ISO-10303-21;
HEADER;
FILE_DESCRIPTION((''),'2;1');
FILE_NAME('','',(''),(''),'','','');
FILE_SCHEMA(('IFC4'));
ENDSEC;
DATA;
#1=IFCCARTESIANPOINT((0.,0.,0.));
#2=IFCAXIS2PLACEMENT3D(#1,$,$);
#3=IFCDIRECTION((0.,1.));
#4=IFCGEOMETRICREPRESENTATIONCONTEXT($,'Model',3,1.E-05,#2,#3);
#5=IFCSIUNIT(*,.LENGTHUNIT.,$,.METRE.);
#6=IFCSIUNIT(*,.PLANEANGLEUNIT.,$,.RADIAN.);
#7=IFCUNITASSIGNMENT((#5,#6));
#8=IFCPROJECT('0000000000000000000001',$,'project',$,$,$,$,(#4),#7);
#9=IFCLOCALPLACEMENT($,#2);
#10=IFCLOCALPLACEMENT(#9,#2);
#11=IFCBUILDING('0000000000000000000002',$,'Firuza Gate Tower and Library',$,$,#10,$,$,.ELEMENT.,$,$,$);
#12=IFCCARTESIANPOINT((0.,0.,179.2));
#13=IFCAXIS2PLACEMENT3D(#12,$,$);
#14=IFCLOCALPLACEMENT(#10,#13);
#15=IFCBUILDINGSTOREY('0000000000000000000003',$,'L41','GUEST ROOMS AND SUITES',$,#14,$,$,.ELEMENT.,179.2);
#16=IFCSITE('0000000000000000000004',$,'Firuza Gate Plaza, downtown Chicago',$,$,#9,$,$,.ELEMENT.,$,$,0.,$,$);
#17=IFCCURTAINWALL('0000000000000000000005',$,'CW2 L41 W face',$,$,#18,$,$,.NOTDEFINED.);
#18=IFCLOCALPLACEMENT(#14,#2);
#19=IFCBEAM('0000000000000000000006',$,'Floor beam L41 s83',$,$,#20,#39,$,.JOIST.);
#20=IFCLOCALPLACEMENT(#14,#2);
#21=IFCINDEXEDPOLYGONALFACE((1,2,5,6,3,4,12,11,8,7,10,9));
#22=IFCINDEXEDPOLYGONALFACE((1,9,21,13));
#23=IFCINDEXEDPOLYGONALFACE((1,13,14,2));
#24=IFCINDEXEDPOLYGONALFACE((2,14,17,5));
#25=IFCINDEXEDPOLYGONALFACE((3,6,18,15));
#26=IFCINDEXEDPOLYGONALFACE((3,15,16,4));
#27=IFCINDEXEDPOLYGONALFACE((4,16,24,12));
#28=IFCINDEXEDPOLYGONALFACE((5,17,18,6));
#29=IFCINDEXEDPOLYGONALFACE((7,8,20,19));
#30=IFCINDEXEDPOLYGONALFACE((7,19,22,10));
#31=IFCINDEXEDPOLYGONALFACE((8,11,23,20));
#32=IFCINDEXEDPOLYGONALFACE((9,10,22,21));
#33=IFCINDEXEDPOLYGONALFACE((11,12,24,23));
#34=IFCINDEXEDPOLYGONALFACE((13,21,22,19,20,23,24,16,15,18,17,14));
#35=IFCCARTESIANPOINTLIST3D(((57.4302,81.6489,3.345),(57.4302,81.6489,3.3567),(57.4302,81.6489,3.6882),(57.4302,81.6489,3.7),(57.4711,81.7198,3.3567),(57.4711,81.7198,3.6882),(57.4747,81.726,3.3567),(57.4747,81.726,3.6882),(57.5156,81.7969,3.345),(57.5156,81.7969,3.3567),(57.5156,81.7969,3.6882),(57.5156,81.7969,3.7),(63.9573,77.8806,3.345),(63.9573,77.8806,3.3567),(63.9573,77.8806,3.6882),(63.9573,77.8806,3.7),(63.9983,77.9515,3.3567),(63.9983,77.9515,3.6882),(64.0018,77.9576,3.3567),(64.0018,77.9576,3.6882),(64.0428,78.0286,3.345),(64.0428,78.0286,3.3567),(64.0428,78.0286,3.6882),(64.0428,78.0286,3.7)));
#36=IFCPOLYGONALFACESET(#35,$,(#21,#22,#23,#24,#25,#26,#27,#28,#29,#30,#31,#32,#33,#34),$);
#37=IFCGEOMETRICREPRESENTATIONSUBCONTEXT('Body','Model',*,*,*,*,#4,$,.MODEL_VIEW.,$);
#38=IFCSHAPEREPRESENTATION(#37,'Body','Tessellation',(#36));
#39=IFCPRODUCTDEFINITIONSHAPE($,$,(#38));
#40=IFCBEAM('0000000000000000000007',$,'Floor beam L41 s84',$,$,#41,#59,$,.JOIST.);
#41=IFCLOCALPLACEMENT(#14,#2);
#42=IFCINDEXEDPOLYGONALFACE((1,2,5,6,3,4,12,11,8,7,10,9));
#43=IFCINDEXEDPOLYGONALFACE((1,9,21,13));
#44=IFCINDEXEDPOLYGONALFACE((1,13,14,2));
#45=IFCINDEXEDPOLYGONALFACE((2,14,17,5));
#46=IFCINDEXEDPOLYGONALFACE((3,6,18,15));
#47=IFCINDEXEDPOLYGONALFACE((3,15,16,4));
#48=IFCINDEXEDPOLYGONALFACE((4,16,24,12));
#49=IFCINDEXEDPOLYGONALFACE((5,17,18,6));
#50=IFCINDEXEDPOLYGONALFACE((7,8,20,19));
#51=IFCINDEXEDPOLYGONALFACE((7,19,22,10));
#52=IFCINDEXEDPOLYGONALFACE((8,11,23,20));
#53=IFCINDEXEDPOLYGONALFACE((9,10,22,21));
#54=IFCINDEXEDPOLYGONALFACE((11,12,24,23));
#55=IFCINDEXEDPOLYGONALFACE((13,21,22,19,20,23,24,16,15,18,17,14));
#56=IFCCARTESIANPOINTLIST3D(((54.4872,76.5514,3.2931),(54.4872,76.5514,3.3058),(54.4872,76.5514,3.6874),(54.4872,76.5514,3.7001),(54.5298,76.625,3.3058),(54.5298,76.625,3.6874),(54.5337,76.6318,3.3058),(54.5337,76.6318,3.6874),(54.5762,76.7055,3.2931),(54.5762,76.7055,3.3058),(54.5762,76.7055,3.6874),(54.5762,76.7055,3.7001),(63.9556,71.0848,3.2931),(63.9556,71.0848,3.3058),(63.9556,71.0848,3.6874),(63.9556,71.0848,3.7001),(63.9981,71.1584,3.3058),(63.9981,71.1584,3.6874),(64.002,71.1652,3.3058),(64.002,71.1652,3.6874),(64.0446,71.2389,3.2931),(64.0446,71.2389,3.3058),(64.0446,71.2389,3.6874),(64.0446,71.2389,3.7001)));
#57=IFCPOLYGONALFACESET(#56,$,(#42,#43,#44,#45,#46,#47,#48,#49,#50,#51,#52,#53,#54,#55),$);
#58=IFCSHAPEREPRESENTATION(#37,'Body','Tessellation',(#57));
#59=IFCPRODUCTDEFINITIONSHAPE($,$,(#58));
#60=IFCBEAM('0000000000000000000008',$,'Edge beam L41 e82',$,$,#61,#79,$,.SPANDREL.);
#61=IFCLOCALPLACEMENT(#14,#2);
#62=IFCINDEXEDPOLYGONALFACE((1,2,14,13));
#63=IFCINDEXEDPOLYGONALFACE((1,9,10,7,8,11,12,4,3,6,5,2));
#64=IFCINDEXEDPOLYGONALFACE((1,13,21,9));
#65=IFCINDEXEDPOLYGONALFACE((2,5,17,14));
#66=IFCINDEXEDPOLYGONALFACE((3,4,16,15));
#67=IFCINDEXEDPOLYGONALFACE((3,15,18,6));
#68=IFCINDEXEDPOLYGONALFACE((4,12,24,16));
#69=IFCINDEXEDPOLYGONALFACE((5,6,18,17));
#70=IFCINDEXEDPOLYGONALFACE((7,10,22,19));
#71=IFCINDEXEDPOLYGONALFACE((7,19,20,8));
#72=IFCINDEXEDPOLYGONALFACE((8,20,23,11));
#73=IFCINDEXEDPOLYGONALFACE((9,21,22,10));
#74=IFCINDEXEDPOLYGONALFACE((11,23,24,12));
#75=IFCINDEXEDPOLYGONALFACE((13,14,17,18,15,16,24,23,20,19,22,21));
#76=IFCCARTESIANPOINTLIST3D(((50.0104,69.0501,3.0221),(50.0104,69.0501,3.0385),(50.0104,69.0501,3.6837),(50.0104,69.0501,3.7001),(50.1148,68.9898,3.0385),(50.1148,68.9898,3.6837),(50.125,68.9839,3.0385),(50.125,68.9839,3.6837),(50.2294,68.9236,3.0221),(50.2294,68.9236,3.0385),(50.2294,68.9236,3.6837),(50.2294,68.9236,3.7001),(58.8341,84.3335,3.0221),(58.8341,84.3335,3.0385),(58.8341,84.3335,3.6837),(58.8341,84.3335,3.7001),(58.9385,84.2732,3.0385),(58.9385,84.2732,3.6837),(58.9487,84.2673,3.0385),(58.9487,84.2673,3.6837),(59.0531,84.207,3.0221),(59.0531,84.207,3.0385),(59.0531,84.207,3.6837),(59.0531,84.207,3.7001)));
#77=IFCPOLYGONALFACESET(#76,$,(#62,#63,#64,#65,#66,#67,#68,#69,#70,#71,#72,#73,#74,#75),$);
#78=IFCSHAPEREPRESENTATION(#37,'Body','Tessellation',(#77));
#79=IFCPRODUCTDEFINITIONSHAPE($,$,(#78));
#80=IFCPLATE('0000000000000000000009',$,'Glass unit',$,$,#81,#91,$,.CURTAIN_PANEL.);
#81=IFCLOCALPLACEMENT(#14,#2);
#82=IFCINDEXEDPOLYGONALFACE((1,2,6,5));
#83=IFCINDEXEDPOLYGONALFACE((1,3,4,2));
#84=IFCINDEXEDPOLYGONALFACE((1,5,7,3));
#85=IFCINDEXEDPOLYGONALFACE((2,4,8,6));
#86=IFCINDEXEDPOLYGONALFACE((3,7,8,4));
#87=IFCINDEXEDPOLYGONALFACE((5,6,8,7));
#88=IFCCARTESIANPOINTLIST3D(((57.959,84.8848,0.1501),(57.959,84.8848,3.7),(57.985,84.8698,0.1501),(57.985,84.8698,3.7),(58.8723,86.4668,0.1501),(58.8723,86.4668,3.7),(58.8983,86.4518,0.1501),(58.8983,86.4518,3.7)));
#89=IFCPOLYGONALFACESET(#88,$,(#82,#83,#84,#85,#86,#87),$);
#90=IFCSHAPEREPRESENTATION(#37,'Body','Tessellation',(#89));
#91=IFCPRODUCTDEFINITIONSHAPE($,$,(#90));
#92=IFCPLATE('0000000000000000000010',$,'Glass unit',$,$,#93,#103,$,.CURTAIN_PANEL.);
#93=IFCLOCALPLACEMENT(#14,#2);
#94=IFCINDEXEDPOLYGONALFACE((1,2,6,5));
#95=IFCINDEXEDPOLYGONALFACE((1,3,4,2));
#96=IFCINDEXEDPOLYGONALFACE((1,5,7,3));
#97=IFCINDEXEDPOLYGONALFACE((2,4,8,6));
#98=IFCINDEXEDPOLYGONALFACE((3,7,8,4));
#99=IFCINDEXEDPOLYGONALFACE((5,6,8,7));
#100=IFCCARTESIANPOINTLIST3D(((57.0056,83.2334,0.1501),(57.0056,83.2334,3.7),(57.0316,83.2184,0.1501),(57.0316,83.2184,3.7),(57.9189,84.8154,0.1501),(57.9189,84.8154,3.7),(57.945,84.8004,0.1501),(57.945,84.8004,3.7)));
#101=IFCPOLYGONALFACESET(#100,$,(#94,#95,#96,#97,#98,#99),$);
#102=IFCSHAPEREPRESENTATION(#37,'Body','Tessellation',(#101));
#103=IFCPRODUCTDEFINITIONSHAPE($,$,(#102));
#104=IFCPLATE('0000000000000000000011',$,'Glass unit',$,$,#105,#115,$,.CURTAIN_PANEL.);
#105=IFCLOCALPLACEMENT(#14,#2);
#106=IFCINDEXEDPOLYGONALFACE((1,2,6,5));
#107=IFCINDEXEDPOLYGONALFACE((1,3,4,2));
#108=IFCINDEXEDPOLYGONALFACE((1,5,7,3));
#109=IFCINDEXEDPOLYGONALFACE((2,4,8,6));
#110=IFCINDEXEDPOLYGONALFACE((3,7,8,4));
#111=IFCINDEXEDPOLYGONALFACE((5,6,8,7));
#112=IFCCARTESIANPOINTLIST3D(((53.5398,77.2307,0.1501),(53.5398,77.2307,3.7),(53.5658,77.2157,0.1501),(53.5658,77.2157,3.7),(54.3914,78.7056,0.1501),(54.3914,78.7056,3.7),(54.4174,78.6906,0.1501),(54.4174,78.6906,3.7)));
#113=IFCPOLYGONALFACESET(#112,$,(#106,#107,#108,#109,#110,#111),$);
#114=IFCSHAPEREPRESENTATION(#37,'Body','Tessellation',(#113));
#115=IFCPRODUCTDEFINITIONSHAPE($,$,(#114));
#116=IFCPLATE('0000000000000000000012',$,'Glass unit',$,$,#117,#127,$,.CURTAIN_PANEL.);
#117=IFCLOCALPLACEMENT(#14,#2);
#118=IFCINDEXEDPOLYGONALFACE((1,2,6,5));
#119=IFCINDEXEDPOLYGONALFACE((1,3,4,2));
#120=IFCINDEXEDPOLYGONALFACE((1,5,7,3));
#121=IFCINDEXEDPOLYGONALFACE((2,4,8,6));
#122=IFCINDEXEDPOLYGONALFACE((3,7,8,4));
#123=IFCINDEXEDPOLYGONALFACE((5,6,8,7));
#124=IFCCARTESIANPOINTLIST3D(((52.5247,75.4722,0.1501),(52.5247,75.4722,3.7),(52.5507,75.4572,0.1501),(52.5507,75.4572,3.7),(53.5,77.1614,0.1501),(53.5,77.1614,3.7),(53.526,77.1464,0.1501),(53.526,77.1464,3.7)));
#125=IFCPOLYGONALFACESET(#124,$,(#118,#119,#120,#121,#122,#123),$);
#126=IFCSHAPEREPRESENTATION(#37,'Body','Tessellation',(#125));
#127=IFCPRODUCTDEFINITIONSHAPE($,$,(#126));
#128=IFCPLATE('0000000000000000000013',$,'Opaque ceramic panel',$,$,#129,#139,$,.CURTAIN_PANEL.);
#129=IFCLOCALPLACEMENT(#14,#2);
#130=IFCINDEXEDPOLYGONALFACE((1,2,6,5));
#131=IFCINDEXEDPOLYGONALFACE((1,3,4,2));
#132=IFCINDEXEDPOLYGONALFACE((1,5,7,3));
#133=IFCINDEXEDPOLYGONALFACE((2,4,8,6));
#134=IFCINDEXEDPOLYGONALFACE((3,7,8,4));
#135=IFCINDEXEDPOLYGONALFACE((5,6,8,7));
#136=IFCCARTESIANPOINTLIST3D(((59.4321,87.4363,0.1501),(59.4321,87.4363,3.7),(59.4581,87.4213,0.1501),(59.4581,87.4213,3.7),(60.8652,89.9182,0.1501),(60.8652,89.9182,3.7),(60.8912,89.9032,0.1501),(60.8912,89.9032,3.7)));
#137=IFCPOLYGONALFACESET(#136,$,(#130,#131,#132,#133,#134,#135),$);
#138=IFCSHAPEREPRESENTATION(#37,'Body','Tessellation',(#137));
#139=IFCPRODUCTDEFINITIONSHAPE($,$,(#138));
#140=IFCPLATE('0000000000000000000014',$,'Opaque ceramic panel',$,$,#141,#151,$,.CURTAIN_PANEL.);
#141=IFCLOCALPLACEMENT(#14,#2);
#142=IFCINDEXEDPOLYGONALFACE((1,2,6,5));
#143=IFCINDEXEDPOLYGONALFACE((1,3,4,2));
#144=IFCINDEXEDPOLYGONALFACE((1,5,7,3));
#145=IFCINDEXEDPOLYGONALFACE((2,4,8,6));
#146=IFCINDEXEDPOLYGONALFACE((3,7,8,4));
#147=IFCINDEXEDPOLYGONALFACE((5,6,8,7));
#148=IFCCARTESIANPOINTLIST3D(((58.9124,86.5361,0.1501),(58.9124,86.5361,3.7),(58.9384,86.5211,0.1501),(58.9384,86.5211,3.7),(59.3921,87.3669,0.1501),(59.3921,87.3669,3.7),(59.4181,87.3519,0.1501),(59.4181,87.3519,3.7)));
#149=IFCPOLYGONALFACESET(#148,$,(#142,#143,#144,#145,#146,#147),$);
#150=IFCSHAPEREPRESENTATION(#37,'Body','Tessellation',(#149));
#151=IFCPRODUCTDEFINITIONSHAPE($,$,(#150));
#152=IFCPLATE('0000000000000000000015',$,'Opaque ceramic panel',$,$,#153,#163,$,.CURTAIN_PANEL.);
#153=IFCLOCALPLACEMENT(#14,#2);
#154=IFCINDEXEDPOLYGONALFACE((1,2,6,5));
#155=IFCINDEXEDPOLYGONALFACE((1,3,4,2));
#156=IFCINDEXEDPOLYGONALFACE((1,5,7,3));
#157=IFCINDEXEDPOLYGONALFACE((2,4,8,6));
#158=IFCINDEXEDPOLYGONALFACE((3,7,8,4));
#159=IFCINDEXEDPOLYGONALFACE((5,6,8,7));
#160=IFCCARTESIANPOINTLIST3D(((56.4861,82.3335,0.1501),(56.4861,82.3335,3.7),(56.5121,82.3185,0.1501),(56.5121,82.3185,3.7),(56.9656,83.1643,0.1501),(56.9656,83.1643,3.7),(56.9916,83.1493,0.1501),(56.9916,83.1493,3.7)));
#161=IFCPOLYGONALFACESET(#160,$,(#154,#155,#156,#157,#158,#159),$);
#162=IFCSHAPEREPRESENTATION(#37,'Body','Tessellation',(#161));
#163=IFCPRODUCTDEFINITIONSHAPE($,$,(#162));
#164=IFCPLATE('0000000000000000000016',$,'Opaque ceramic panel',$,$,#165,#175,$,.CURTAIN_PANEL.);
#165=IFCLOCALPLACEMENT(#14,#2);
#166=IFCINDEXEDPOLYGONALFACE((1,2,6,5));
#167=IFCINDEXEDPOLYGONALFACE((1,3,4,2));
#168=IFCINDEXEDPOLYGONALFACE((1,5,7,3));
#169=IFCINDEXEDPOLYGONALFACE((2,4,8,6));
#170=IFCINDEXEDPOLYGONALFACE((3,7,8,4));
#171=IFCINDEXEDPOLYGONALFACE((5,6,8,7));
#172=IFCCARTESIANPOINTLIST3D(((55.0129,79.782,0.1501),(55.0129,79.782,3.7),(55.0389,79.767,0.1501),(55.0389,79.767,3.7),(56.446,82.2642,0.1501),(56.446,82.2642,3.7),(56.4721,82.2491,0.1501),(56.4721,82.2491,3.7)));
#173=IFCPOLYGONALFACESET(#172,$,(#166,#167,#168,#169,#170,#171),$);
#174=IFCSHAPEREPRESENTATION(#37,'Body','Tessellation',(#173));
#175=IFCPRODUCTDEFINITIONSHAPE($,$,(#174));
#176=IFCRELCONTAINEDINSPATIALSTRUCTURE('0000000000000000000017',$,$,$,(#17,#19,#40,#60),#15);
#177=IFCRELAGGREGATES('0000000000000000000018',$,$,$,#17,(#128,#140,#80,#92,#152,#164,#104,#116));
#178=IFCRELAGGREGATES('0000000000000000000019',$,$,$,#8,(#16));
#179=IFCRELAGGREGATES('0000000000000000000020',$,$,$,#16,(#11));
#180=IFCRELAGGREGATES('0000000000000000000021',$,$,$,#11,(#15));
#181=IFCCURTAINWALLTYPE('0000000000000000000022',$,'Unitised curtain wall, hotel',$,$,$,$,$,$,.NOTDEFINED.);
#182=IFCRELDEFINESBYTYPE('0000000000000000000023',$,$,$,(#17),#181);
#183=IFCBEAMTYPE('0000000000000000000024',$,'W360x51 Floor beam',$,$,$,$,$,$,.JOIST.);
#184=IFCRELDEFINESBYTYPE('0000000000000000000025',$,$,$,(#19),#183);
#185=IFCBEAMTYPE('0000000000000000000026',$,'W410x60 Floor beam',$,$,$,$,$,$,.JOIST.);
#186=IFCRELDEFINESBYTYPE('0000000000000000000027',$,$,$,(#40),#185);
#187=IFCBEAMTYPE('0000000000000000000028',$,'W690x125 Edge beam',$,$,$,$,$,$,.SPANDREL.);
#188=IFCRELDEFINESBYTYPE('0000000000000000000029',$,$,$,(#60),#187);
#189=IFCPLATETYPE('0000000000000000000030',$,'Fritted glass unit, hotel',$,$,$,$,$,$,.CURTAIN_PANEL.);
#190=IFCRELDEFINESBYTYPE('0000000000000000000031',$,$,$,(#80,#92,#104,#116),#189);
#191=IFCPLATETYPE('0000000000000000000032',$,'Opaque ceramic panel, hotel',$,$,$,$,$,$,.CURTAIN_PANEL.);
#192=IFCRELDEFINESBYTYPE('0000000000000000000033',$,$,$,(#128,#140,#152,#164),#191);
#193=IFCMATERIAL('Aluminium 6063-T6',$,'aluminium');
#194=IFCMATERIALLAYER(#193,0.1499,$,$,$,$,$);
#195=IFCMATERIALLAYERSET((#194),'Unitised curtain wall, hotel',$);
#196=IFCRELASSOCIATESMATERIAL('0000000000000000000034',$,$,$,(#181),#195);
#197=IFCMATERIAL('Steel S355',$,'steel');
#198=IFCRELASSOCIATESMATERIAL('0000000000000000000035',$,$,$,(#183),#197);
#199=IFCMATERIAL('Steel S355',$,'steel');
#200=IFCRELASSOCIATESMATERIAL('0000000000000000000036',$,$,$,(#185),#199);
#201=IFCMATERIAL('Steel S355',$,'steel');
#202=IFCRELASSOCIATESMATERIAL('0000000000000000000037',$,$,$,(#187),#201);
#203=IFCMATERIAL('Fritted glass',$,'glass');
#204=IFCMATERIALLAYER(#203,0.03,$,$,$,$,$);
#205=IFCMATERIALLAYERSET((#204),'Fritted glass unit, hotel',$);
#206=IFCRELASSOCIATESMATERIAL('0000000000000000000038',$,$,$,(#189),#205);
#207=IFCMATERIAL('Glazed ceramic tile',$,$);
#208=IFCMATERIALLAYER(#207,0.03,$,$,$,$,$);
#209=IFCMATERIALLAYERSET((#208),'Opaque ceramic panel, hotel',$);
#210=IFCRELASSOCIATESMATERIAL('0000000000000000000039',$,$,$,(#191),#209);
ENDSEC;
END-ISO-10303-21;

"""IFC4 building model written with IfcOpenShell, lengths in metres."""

from ifc_helpers import new_model, si_unit, direction, frame, origin, origin_2d, place, context, subcontext, project, spatial, polyline, i_section, outline, extrude, material, layer, layer_set, material_profile, profile_set, type_object, element, aggregate, save


model = new_model("IFC4")

# Units and contexts
model_context = context("Model", 3, precision=1e-05, world=origin(), true_north=direction((0.0, 1.0)))
body_context = subcontext(model_context, "Body", "Model", "MODEL_VIEW")
ifc_project = project(units=[si_unit("LENGTHUNIT", "METRE"), si_unit("PLANEANGLEUNIT", "RADIAN")], contexts=[model_context])

# Site, building, storey
site_placement = place(None, origin())
site = spatial("IfcSite", under=ifc_project, at=site_placement, Name="Firuza Gate Plaza, downtown Chicago", CompositionType="ELEMENT", RefElevation=0.0)
building_placement = place(site_placement, origin())
building = spatial("IfcBuilding", under=site, at=building_placement, Name="Firuza Gate Tower and Library", CompositionType="ELEMENT")
storey_placement = place(building_placement, frame((0.0, 0.0, 179.2)))
storey = spatial("IfcBuildingStorey", under=building, at=storey_placement, Name="L41", Description="GUEST ROOMS AND SUITES", CompositionType="ELEMENT", Elevation=179.2)

# Curtain wall
ifc_material_1 = material(Name="Aluminium 6063-T6", Category="aluminium")
ifc_layer_1 = layer(ifc_material_1, 0.1499)
ifc_layer_set_1 = layer_set([ifc_layer_1], Name="Unitised curtain wall, hotel")
curtain_wall_type = type_object("IfcCurtainWallType", Name="Unitised curtain wall, hotel", PredefinedType="NOTDEFINED", material=ifc_layer_set_1)
curtain_wall_placement = place(storey_placement, origin())
curtain_wall = element("IfcCurtainWall", 1, at=curtain_wall_placement, inside=storey, type_object=curtain_wall_type, Name="CW2 L41 W face", PredefinedType="NOTDEFINED")

# Beams
ifc_material_2 = material(Name="Steel S355", Category="steel")
ifc_material_profile_1 = material_profile(ifc_material_2, i_section(OverallWidth=0.1709, OverallDepth=0.355, WebThickness=0.0071, FlangeThickness=0.0117, at=origin_2d()))
ifc_profile_set_1 = profile_set([ifc_material_profile_1], Name="Steel S355")
beam_type_1 = type_object("IfcBeamType", Name="W360x51 Floor beam", PredefinedType="JOIST", material=ifc_profile_set_1)
beam_1_placement = place(storey_placement, frame((57.4729, 81.7229, 3.5225), z_axis=(0.866032, -0.499989, 0.0), x_axis=(0.499989, 0.866032, 0.0)))
element("IfcBeam", 2, at=beam_1_placement, inside=storey, type_object=beam_type_1, Name="Floor beam L41 s83", PredefinedType="JOIST", context=body_context, shape_type="SweptSolid", body=[
    extrude(i_section(OverallWidth=0.1709, OverallDepth=0.355, WebThickness=0.0071, FlangeThickness=0.0117, at=origin_2d()), origin(), (0.0, 0.0, 1.0), 7.5369),
])
ifc_material_3 = material(Name="Steel S355", Category="steel")
ifc_material_profile_2 = material_profile(ifc_material_3, i_section(OverallWidth=0.178, OverallDepth=0.407, WebThickness=0.0078, FlangeThickness=0.0127, at=origin_2d()))
ifc_profile_set_2 = profile_set([ifc_material_profile_2], Name="Steel S355")
beam_type_2 = type_object("IfcBeamType", Name="W410x60 Floor beam", PredefinedType="JOIST", material=ifc_profile_set_2)
beam_2_placement = place(storey_placement, frame((54.5317, 76.6284, 3.4966), z_axis=(0.866023, -0.500003, 0.0), x_axis=(0.500003, 0.866023, 0.0)))
element("IfcBeam", 3, at=beam_2_placement, inside=storey, type_object=beam_type_2, Name="Floor beam L41 s84", PredefinedType="JOIST", context=body_context, shape_type="SweptSolid", body=[
    extrude(i_section(OverallWidth=0.178, OverallDepth=0.407, WebThickness=0.0078, FlangeThickness=0.0127, at=origin_2d()), origin(), (0.0, 0.0, 1.0), 10.9331),
])
ifc_material_4 = material(Name="Steel S355", Category="steel")
ifc_material_profile_3 = material_profile(ifc_material_4, i_section(OverallWidth=0.2529, OverallDepth=0.678, WebThickness=0.0117, FlangeThickness=0.0164, at=origin_2d()))
ifc_profile_set_3 = profile_set([ifc_material_profile_3], Name="Steel S355")
beam_type_3 = type_object("IfcBeamType", Name="W690x125 Edge beam", PredefinedType="SPANDREL", material=ifc_profile_set_3)
beam_3_placement = place(storey_placement, frame((58.9436, 84.2703, 3.3611), z_axis=(-0.499993, -0.86603, 0.0), x_axis=(0.86603, -0.499993, 0.0)))
element("IfcBeam", 4, at=beam_3_placement, inside=storey, type_object=beam_type_3, Name="Edge beam L41 e82", PredefinedType="SPANDREL", context=body_context, shape_type="SweptSolid", body=[
    extrude(i_section(OverallWidth=0.2529, OverallDepth=0.678, WebThickness=0.0117, FlangeThickness=0.0164, at=origin_2d()), origin(), (0.0, 0.0, 1.0), 17.6477),
])

# Plates
ifc_material_5 = material(Name="Fritted glass", Category="glass")
ifc_layer_2 = layer(ifc_material_5, 0.03)
ifc_layer_set_2 = layer_set([ifc_layer_2], Name="Fritted glass unit, hotel")
plate_type_1 = type_object("IfcPlateType", Name="Fritted glass unit, hotel", PredefinedType="CURTAIN_PANEL", material=ifc_layer_set_2)
plate_1_placement = place(storey_placement, frame((58.8723, 86.4668, 0.1501), z_axis=(-0.866039, 0.499977, 0.0), x_axis=(-0.499977, -0.866039, 0.0)))
plate_1 = element("IfcPlate", 5, at=plate_1_placement, type_object=plate_type_1, Name="Glass unit", PredefinedType="CURTAIN_PANEL", context=body_context, shape_type="SweptSolid", body=[
    extrude(outline(polyline([(0.0, 0.0), (1.8267, 0.0), (1.8267, 3.5498), (0.0, 3.5498), (0.0, 0.0)])), origin(), (0.0, 0.0, -1.0), 0.03),
])
plate_2_placement = place(storey_placement, frame((57.9189, 84.8154, 0.1501), z_axis=(-0.866039, 0.499977, 0.0), x_axis=(-0.499977, -0.866039, 0.0)))
plate_2 = element("IfcPlate", 6, at=plate_2_placement, type_object=plate_type_1, Name="Glass unit", PredefinedType="CURTAIN_PANEL", context=body_context, shape_type="SweptSolid", body=[
    extrude(outline(polyline([(0.0, 0.0), (1.8267, 0.0), (1.8267, 3.5498), (0.0, 3.5498), (0.0, 0.0)])), origin(), (0.0, 0.0, -1.0), 0.03),
])
plate_3_placement = place(storey_placement, frame((54.3914, 78.7056, 0.1501), z_axis=(-0.866011, 0.500024, 0.0), x_axis=(-0.500024, -0.866011, 0.0)))
plate_3 = element("IfcPlate", 7, at=plate_3_placement, type_object=plate_type_1, Name="Glass unit", PredefinedType="CURTAIN_PANEL", context=body_context, shape_type="SweptSolid", body=[
    extrude(outline(polyline([(0.0, 0.0), (1.703, 0.0), (1.703, 3.5498), (0.0, 3.5498), (0.0, 0.0)])), origin(), (0.0, 0.0, -1.0), 0.03),
])
plate_4_placement = place(storey_placement, frame((53.5, 77.1614, 0.1501), z_axis=(-0.866008, 0.500029, 0.0), x_axis=(-0.500029, -0.866008, 0.0)))
plate_4 = element("IfcPlate", 8, at=plate_4_placement, type_object=plate_type_1, Name="Glass unit", PredefinedType="CURTAIN_PANEL", context=body_context, shape_type="SweptSolid", body=[
    extrude(outline(polyline([(0.0, 0.0), (1.9506, 0.0), (1.9506, 3.5498), (0.0, 3.5498), (0.0, 0.0)])), origin(), (0.0, 0.0, -1.0), 0.03),
])
ifc_material_6 = material(Name="Glazed ceramic tile")
ifc_layer_3 = layer(ifc_material_6, 0.03)
ifc_layer_set_3 = layer_set([ifc_layer_3], Name="Opaque ceramic panel, hotel")
plate_type_2 = type_object("IfcPlateType", Name="Opaque ceramic panel, hotel", PredefinedType="CURTAIN_PANEL", material=ifc_layer_set_3)
plate_5_placement = place(storey_placement, frame((60.8652, 89.9182, 0.1501), z_axis=(-0.866001, 0.500042, 0.0), x_axis=(-0.500042, -0.866001, 0.0)))
plate_5 = element("IfcPlate", 9, at=plate_5_placement, type_object=plate_type_2, Name="Opaque ceramic panel", PredefinedType="CURTAIN_PANEL", context=body_context, shape_type="SweptSolid", body=[
    extrude(outline(polyline([(0.0, 0.0), (2.866, 0.0), (2.866, 3.5498), (0.0, 3.5498), (0.0, 0.0)])), origin(), (0.0, 0.0, -1.0), 0.03),
])
plate_6_placement = place(storey_placement, frame((59.3921, 87.3669, 0.1501), z_axis=(-0.865995, 0.500053, 0.0), x_axis=(-0.500053, -0.865995, 0.0)))
plate_6 = element("IfcPlate", 10, at=plate_6_placement, type_object=plate_type_2, Name="Opaque ceramic panel", PredefinedType="CURTAIN_PANEL", context=body_context, shape_type="SweptSolid", body=[
    extrude(outline(polyline([(0.0, 0.0), (0.9594, 0.0), (0.9594, 3.5498), (0.0, 3.5498), (0.0, 0.0)])), origin(), (0.0, 0.0, -1.0), 0.03),
])
plate_7_placement = place(storey_placement, frame((56.9656, 83.1643, 0.1501), z_axis=(-0.866105, 0.499862, 0.0), x_axis=(-0.499862, -0.866105, 0.0)))
plate_7 = element("IfcPlate", 11, at=plate_7_placement, type_object=plate_type_2, Name="Opaque ceramic panel", PredefinedType="CURTAIN_PANEL", context=body_context, shape_type="SweptSolid", body=[
    extrude(outline(polyline([(0.0, 0.0), (0.9592, 0.0), (0.9592, 3.5498), (0.0, 3.5498), (0.0, 0.0)])), origin(), (0.0, 0.0, -1.0), 0.03),
])
plate_8_placement = place(storey_placement, frame((56.446, 82.2642, 0.1501), z_axis=(-0.866022, 0.500005, 0.0), x_axis=(-0.500005, -0.866022, 0.0)))
plate_8 = element("IfcPlate", 12, at=plate_8_placement, type_object=plate_type_2, Name="Opaque ceramic panel", PredefinedType="CURTAIN_PANEL", context=body_context, shape_type="SweptSolid", body=[
    extrude(outline(polyline([(0.0, 0.0), (2.8662, 0.0), (2.8662, 3.5498), (0.0, 3.5498), (0.0, 0.0)])), origin(), (0.0, 0.0, -1.0), 0.03),
])
aggregate(curtain_wall, [plate_5, plate_6, plate_1, plate_2, plate_7, plate_8, plate_3, plate_4])

save(model, "model.ifc")
